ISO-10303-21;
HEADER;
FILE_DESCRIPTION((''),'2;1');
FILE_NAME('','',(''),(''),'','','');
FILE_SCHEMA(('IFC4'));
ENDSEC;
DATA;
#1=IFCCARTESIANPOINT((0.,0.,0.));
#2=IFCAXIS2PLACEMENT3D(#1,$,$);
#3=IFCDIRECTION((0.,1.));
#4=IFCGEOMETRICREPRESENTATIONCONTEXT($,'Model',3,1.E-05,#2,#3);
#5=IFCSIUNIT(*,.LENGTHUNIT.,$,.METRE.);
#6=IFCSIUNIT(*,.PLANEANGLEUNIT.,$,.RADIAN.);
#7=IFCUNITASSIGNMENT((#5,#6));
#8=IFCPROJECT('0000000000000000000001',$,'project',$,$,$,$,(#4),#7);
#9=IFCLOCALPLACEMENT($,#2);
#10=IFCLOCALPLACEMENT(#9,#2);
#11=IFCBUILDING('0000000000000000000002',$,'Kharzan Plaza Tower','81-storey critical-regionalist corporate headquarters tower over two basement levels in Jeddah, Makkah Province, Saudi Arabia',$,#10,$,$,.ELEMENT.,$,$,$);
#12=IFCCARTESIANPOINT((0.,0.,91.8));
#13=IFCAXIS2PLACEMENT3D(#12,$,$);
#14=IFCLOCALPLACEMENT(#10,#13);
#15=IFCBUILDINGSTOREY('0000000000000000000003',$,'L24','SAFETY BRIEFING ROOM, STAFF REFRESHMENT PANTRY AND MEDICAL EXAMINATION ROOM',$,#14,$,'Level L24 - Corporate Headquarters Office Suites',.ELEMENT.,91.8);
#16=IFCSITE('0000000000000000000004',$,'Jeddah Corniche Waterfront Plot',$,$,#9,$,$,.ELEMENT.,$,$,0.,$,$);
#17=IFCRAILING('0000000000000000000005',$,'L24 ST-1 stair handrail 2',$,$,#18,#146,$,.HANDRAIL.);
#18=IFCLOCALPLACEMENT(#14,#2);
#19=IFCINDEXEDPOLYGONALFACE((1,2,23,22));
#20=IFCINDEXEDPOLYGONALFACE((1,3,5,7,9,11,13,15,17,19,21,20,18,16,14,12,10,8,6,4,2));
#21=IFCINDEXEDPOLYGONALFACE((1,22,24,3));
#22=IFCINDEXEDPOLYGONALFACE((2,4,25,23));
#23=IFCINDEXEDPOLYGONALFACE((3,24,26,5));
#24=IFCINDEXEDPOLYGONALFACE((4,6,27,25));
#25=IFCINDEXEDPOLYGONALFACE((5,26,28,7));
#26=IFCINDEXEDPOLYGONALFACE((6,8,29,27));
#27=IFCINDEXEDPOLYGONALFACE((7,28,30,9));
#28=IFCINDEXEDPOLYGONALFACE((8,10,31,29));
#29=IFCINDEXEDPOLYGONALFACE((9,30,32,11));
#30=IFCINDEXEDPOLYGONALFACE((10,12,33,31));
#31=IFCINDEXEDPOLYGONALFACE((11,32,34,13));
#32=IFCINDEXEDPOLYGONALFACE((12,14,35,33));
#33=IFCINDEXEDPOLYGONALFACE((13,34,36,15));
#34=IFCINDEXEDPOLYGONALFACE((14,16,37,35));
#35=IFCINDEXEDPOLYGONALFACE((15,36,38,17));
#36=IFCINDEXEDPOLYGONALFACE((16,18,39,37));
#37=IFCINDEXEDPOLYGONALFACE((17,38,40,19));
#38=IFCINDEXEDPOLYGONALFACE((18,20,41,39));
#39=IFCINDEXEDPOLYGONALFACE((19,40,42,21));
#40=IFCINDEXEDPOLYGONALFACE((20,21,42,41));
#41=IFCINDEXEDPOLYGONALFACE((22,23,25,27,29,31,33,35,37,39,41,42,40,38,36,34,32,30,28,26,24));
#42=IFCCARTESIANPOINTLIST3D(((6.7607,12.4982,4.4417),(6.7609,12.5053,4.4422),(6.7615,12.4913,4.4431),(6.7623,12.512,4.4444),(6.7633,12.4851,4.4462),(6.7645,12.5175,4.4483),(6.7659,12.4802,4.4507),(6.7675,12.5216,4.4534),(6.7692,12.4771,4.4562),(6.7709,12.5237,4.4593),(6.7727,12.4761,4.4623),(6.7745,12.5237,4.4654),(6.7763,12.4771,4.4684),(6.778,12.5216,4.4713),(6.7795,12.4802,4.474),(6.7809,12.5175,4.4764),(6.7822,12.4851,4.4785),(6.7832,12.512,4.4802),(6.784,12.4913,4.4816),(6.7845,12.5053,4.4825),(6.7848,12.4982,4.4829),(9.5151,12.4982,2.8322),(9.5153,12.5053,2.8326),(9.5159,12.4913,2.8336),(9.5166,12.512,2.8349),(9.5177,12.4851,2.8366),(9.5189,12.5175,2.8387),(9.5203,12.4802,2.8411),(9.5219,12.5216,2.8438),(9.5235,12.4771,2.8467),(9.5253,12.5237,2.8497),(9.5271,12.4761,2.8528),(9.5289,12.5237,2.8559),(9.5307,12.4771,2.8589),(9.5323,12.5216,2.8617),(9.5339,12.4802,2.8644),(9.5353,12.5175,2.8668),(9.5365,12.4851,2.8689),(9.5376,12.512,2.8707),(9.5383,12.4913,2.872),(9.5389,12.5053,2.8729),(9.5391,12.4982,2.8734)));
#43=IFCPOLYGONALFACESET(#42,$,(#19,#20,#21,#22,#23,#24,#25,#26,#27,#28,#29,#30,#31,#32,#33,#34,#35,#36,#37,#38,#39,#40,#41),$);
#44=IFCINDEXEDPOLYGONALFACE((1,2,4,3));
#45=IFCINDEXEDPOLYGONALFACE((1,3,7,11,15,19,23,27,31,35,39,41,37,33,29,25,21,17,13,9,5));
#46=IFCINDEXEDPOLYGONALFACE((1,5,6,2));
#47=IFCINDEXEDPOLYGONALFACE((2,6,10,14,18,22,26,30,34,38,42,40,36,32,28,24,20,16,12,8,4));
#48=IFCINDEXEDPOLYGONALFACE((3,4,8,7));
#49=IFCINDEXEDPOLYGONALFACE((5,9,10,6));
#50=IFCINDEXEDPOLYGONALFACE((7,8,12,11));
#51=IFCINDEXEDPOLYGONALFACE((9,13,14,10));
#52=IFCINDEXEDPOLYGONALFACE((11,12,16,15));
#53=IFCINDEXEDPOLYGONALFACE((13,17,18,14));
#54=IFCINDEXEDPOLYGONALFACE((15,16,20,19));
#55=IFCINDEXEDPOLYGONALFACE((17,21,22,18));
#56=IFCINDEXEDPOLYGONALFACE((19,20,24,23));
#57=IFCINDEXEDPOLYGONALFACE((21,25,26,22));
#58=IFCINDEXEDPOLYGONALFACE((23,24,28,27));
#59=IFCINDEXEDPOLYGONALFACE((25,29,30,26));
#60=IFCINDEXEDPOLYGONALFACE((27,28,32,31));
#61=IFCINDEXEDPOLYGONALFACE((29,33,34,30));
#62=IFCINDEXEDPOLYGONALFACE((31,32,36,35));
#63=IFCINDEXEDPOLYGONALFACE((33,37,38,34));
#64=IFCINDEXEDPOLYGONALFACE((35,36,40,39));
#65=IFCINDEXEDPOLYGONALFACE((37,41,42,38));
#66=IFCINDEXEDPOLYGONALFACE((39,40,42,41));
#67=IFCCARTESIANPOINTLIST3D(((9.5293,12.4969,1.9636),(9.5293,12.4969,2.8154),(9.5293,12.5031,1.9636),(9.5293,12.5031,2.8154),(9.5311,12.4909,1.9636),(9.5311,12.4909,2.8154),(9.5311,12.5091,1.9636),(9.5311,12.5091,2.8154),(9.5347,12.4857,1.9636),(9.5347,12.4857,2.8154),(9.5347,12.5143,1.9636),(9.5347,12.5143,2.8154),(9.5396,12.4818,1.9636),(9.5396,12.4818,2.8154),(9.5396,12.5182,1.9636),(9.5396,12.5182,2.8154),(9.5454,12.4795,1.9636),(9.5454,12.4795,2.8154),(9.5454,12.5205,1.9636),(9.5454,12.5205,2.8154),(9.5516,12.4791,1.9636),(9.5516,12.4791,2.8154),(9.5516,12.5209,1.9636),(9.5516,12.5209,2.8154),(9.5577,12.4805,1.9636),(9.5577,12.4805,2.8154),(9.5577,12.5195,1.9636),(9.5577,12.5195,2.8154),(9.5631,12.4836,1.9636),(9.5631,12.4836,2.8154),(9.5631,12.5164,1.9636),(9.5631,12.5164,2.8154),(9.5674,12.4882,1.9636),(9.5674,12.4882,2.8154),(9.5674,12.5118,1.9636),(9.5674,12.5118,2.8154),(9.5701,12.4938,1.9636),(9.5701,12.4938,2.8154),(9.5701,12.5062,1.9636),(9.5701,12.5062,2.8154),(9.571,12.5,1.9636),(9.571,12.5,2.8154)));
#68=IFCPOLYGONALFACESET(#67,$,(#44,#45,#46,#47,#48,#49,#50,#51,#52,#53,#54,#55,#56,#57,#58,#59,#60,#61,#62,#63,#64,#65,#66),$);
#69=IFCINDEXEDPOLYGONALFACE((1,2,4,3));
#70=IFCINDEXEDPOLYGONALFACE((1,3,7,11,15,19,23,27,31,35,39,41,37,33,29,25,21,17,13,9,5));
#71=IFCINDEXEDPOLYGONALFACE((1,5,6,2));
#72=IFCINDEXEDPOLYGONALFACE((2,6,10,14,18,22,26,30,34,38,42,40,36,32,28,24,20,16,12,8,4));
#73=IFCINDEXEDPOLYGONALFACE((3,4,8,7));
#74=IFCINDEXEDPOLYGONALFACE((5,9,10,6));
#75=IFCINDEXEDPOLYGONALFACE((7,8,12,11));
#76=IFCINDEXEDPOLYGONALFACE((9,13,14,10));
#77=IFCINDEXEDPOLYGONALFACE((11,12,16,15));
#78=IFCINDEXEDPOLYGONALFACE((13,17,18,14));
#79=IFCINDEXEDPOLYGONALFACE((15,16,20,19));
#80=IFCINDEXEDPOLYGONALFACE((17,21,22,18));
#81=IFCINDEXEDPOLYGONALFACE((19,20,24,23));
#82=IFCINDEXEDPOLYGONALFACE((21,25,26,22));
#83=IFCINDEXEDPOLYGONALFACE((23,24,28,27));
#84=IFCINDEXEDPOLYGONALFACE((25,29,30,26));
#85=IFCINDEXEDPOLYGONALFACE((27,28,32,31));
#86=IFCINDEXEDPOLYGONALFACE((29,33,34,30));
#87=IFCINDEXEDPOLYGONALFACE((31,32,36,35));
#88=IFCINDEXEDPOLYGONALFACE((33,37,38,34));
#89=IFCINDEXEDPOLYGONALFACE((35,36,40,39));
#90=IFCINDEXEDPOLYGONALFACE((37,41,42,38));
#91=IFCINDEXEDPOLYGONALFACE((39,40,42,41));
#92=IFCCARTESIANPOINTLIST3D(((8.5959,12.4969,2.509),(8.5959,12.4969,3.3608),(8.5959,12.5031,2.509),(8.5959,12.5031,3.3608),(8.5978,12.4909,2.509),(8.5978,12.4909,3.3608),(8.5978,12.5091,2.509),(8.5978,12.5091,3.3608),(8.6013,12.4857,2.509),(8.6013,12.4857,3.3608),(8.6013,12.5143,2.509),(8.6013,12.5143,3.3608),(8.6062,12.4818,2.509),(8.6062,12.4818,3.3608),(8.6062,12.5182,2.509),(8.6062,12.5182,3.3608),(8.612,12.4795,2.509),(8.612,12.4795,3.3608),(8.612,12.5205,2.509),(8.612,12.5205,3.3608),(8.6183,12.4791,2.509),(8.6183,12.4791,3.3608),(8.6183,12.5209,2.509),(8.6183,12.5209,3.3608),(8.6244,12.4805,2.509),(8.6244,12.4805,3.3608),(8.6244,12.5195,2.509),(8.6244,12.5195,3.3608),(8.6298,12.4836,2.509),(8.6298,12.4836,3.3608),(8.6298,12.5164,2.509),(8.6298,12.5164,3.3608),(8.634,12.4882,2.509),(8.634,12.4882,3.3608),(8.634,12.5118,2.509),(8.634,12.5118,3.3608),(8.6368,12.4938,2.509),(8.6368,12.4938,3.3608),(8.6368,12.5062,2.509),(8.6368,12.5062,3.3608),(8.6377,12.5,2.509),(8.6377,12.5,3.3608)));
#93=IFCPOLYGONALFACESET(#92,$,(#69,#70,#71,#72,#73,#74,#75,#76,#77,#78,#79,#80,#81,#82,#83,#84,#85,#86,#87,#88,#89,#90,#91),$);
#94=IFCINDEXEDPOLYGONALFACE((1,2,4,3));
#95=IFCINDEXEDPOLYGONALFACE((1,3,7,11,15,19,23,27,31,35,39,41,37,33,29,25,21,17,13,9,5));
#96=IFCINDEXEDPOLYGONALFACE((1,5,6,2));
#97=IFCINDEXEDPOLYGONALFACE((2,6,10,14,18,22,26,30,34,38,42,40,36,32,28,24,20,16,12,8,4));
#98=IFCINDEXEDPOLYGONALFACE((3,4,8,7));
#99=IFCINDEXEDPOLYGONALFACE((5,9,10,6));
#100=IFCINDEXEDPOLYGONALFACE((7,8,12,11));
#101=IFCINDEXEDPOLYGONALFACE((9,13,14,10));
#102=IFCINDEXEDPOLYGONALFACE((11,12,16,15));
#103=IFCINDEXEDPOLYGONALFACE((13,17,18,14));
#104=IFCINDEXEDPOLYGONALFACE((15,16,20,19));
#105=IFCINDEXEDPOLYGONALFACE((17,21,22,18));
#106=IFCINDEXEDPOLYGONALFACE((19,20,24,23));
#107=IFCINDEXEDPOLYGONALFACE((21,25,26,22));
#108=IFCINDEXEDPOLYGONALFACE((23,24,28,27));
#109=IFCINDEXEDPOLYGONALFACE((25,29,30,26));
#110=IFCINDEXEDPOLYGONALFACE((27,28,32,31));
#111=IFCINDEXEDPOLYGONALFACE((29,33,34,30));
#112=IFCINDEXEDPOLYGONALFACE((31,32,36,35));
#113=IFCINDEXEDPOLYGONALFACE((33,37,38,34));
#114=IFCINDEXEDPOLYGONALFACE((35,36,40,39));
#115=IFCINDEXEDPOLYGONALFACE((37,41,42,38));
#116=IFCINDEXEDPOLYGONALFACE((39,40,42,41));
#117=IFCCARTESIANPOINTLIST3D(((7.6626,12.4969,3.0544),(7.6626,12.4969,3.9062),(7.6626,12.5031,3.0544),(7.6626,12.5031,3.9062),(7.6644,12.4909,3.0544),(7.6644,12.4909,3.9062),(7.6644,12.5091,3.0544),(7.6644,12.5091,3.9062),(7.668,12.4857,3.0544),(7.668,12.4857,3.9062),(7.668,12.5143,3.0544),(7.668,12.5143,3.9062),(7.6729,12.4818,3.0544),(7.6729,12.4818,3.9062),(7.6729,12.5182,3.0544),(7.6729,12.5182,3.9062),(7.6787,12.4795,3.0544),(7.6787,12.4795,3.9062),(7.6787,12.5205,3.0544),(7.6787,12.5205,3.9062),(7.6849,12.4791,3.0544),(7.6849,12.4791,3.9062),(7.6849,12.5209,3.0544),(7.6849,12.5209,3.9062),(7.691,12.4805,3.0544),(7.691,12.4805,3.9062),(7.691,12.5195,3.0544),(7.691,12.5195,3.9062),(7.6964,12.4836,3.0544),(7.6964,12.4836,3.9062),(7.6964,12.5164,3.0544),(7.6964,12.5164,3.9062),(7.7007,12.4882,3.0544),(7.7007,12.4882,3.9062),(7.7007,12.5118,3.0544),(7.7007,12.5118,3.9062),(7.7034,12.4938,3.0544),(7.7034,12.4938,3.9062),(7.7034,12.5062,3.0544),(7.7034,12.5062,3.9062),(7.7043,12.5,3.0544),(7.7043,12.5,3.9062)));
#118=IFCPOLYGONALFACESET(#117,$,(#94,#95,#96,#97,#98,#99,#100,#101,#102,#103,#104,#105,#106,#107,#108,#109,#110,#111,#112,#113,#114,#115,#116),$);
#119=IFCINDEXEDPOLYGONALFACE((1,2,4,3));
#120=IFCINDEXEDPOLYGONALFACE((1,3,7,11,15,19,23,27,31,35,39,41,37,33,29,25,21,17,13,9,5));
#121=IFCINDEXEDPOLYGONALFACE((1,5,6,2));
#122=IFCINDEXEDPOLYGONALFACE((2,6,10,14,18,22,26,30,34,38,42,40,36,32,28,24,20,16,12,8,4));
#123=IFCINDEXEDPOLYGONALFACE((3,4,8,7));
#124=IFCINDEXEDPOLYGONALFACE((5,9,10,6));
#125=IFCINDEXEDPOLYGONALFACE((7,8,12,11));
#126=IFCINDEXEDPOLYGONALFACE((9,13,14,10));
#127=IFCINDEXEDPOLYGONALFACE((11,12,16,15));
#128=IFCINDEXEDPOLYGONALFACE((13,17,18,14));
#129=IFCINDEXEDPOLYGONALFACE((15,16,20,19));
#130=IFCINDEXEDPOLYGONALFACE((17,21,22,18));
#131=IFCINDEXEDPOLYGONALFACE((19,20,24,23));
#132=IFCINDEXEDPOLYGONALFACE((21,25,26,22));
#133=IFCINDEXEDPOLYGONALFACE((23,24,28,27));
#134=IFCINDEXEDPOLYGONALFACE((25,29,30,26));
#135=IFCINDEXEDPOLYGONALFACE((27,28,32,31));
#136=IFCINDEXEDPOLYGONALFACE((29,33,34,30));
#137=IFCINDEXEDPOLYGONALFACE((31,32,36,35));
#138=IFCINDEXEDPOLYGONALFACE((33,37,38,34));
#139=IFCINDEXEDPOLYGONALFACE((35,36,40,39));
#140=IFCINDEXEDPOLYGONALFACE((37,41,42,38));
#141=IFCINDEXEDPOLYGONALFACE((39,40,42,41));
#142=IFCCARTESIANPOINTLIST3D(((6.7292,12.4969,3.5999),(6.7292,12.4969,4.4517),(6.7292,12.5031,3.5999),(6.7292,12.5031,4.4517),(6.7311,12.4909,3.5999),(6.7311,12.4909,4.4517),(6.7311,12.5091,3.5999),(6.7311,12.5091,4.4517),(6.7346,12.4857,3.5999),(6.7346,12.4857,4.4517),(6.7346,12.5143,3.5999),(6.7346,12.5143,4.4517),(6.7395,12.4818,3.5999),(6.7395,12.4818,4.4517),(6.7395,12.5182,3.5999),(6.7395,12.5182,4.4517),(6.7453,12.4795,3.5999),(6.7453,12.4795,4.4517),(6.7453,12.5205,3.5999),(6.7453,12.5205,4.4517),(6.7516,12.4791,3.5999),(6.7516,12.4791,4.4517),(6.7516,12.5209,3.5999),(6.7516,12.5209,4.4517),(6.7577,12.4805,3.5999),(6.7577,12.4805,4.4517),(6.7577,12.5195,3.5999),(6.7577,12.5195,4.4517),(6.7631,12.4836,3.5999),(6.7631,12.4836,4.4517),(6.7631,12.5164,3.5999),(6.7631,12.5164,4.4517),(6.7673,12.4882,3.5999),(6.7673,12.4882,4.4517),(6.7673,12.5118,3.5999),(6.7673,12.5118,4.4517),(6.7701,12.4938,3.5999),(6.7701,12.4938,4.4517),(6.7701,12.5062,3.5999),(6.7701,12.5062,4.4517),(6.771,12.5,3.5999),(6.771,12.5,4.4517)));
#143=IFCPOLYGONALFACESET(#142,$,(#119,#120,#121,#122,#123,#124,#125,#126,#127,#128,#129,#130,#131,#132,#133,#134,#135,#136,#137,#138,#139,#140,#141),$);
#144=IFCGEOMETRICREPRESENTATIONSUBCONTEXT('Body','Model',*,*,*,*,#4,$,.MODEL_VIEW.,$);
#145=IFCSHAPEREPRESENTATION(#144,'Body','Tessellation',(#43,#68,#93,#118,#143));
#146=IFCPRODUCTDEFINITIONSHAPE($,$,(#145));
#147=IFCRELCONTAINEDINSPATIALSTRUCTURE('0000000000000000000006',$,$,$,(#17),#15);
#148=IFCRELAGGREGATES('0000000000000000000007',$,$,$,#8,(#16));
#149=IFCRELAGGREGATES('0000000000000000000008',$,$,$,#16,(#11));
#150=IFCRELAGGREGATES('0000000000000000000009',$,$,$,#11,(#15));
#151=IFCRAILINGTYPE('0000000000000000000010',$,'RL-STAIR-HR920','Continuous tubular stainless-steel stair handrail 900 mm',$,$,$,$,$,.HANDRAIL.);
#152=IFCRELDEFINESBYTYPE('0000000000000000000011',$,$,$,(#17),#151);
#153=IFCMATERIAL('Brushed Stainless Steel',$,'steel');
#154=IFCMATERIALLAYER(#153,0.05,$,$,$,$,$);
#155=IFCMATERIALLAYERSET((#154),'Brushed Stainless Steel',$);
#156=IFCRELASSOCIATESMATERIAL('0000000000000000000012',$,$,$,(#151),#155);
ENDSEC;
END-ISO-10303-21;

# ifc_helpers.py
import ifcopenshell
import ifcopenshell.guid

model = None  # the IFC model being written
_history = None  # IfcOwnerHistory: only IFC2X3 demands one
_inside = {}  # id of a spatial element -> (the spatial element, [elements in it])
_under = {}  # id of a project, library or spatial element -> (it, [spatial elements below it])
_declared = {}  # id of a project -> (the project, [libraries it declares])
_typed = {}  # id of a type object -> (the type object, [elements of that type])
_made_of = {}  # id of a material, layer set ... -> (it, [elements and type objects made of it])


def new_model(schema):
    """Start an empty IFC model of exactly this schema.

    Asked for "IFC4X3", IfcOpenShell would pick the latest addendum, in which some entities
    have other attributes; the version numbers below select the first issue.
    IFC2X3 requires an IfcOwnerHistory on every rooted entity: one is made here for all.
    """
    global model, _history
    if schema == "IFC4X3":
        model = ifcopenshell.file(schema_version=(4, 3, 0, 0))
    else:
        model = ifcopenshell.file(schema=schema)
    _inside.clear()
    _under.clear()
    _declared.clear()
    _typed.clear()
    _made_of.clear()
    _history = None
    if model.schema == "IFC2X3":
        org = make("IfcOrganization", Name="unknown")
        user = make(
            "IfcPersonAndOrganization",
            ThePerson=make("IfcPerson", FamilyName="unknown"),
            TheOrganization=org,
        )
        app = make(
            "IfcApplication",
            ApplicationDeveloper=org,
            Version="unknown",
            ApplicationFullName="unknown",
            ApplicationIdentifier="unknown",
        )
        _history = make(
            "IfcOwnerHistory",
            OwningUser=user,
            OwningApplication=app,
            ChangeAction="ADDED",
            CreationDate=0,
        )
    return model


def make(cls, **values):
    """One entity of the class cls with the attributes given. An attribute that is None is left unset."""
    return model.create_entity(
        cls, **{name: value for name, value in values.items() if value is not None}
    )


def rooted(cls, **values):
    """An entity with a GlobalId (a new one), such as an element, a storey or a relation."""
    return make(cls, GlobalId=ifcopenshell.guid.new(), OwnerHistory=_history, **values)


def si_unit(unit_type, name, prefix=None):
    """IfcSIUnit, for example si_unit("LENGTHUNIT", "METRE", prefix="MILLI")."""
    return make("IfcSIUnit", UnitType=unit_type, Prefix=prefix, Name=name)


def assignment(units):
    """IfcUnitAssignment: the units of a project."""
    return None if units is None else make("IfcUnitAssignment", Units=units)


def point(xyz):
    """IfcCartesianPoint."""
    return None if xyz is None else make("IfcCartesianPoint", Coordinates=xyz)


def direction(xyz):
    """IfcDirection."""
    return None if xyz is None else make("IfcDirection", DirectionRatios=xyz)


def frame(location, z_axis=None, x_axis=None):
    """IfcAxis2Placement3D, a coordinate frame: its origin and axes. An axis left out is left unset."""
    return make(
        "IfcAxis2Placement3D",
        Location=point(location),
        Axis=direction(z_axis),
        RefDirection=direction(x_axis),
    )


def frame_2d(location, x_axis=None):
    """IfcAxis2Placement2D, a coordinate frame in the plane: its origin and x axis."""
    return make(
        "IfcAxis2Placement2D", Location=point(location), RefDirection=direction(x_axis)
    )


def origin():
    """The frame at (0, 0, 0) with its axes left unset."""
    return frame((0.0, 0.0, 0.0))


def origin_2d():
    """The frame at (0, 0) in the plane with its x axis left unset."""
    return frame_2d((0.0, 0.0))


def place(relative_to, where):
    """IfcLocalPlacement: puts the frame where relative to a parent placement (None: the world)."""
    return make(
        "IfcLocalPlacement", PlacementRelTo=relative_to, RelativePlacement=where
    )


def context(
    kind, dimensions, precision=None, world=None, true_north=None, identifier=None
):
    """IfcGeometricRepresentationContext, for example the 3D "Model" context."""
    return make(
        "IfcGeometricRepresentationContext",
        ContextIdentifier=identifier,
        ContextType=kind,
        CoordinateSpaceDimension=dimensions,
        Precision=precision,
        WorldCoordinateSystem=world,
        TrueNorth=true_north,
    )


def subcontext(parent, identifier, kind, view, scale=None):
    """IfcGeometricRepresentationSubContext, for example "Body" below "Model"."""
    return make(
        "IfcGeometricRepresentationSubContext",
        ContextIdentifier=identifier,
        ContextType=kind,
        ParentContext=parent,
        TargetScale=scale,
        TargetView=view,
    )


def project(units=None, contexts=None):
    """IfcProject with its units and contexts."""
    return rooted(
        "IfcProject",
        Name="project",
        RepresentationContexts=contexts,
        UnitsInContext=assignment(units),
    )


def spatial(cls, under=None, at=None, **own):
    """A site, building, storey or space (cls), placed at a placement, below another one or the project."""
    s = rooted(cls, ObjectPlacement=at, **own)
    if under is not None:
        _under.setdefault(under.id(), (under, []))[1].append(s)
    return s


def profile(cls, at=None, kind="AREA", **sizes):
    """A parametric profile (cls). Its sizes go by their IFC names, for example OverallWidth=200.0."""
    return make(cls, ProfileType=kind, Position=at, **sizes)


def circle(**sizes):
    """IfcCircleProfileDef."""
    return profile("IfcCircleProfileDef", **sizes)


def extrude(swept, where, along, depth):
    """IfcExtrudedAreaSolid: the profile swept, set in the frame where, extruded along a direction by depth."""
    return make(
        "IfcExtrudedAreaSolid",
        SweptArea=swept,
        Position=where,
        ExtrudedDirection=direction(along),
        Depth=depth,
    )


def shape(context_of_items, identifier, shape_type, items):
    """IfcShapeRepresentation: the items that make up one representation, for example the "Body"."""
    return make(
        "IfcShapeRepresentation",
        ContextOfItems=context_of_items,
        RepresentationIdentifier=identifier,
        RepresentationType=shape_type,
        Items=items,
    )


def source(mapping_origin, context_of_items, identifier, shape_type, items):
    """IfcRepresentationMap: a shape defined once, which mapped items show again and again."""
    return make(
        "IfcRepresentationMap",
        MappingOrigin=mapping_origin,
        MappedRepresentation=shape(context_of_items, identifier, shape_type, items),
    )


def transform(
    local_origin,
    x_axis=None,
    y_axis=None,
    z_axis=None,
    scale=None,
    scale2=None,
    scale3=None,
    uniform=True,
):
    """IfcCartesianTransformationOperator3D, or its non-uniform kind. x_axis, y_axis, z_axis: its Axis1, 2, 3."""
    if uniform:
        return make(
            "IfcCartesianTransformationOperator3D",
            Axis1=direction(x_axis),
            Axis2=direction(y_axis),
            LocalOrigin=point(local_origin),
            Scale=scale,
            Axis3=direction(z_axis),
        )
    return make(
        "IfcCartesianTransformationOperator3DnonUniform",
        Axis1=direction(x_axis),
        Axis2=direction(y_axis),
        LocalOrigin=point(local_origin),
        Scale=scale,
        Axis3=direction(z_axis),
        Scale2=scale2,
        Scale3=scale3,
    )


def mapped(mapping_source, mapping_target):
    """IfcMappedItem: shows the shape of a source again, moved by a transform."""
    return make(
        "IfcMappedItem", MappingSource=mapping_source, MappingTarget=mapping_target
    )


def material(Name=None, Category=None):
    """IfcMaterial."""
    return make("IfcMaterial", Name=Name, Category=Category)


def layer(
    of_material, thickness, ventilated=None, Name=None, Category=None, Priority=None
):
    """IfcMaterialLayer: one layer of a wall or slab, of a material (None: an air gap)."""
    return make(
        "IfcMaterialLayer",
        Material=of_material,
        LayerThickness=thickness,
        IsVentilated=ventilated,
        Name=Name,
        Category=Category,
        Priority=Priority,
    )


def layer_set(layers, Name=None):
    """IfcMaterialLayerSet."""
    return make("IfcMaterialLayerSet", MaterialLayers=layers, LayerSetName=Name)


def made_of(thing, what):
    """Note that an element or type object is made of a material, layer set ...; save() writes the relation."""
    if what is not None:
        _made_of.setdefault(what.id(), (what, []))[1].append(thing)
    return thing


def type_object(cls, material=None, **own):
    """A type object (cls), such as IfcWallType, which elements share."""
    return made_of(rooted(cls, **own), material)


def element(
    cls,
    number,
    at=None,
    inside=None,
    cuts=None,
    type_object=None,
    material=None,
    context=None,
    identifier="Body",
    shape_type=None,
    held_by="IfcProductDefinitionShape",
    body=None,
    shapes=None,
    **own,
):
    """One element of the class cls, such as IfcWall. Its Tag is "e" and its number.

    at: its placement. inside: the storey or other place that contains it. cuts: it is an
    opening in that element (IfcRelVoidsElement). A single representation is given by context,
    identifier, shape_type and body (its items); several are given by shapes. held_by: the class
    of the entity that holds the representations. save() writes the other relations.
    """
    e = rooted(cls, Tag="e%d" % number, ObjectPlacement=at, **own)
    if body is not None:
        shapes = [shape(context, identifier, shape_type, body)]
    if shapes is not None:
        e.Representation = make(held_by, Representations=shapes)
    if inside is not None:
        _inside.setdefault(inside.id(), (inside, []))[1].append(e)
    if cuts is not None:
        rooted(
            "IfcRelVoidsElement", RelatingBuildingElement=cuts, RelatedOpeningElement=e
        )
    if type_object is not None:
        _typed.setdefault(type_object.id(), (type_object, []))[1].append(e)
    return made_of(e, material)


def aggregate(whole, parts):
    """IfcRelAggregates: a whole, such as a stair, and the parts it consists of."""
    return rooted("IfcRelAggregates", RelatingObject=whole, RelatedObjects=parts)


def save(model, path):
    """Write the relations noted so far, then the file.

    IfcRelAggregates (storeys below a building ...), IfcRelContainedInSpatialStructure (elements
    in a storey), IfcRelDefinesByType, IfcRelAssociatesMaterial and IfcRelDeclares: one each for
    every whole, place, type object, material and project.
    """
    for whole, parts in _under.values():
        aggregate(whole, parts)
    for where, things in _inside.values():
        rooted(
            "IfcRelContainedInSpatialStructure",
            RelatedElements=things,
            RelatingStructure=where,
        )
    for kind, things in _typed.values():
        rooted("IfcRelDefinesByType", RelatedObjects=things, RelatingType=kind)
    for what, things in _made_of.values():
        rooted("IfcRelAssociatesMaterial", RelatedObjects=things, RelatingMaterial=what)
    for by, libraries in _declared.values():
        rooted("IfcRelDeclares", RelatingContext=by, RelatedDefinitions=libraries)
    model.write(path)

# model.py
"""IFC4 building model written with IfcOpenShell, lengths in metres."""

from ifc_helpers import new_model, si_unit, direction, frame, origin, origin_2d, place, context, subcontext, project, spatial, circle, extrude, source, transform, mapped, material, layer, layer_set, type_object, element, save


model = new_model("IFC4")

# Units and contexts
model_context = context("Model", 3, precision=1e-05, world=origin(), true_north=direction((0.0, 1.0)))
body_context = subcontext(model_context, "Body", "Model", "MODEL_VIEW")
ifc_project = project(units=[si_unit("LENGTHUNIT", "METRE"), si_unit("PLANEANGLEUNIT", "RADIAN")], contexts=[model_context])

# Site, building, storey
site_placement = place(None, origin())
site = spatial("IfcSite", under=ifc_project, at=site_placement, Name="Jeddah Corniche Waterfront Plot", CompositionType="ELEMENT", RefElevation=0.0)
building_placement = place(site_placement, origin())
building = spatial("IfcBuilding", under=site, at=building_placement, Name="Kharzan Plaza Tower", Description="81-storey critical-regionalist corporate headquarters tower over two basement levels in Jeddah, Makkah Province, Saudi Arabia", CompositionType="ELEMENT")
storey_placement = place(building_placement, frame((0.0, 0.0, 91.8)))
storey = spatial("IfcBuildingStorey", under=building, at=storey_placement, Name="L24", Description="SAFETY BRIEFING ROOM, STAFF REFRESHMENT PANTRY AND MEDICAL EXAMINATION ROOM", LongName="Level L24 - Corporate Headquarters Office Suites", CompositionType="ELEMENT", Elevation=91.8)

# Shared definitions
ifc_material_1 = material(Name="Brushed Stainless Steel", Category="steel")

# Railing
ifc_layer_1 = layer(ifc_material_1, 0.05)
ifc_layer_set_1 = layer_set([ifc_layer_1], Name="Brushed Stainless Steel")
railing_type_1 = type_object("IfcRailingType", Name="RL-STAIR-HR920", Description="Continuous tubular stainless-steel stair handrail 900 mm", PredefinedType="HANDRAIL", material=ifc_layer_set_1)
shared_shape_1 = source(origin(), body_context, "Body", "SweptSolid", [
    extrude(circle(Radius=0.0239, at=origin_2d()), frame((-0.0229, 0.0, 0.8892), z_axis=(-0.863394, 0.0, 0.504531), x_axis=(0.0, -1.0, 0.0)), (0.0, 0.0, 1.0), 3.1902),
    extrude(circle(Radius=0.021, at=origin_2d()), origin(), (0.0, 0.0, 1.0), 0.8518),
    extrude(circle(Radius=0.021, at=origin_2d()), frame((-0.9333, 0.0, 0.5454)), (0.0, 0.0, 1.0), 0.8518),
    extrude(circle(Radius=0.021, at=origin_2d()), frame((-1.8667, 0.0, 1.0908)), (0.0, 0.0, 1.0), 0.8518),
    extrude(circle(Radius=0.021, at=origin_2d()), frame((-2.8, 0.0, 1.6362)), (0.0, 0.0, 1.0), 0.8518),
])
railing_1_placement = place(storey_placement, frame((9.55, 12.5, 1.9636)))
element("IfcRailing", 1, at=railing_1_placement, inside=storey, type_object=railing_type_1, Name="L24 ST-1 stair handrail 2", PredefinedType="HANDRAIL", context=body_context, shape_type="MappedRepresentation", body=[
    mapped(shared_shape_1, transform((0.0, 0.0, 0.0), x_axis=(1.0, 0.0, 0.0), y_axis=(0.0, 1.0, 0.0), z_axis=(0.0, 0.0, 1.0))),
])

save(model, "model.ifc")
